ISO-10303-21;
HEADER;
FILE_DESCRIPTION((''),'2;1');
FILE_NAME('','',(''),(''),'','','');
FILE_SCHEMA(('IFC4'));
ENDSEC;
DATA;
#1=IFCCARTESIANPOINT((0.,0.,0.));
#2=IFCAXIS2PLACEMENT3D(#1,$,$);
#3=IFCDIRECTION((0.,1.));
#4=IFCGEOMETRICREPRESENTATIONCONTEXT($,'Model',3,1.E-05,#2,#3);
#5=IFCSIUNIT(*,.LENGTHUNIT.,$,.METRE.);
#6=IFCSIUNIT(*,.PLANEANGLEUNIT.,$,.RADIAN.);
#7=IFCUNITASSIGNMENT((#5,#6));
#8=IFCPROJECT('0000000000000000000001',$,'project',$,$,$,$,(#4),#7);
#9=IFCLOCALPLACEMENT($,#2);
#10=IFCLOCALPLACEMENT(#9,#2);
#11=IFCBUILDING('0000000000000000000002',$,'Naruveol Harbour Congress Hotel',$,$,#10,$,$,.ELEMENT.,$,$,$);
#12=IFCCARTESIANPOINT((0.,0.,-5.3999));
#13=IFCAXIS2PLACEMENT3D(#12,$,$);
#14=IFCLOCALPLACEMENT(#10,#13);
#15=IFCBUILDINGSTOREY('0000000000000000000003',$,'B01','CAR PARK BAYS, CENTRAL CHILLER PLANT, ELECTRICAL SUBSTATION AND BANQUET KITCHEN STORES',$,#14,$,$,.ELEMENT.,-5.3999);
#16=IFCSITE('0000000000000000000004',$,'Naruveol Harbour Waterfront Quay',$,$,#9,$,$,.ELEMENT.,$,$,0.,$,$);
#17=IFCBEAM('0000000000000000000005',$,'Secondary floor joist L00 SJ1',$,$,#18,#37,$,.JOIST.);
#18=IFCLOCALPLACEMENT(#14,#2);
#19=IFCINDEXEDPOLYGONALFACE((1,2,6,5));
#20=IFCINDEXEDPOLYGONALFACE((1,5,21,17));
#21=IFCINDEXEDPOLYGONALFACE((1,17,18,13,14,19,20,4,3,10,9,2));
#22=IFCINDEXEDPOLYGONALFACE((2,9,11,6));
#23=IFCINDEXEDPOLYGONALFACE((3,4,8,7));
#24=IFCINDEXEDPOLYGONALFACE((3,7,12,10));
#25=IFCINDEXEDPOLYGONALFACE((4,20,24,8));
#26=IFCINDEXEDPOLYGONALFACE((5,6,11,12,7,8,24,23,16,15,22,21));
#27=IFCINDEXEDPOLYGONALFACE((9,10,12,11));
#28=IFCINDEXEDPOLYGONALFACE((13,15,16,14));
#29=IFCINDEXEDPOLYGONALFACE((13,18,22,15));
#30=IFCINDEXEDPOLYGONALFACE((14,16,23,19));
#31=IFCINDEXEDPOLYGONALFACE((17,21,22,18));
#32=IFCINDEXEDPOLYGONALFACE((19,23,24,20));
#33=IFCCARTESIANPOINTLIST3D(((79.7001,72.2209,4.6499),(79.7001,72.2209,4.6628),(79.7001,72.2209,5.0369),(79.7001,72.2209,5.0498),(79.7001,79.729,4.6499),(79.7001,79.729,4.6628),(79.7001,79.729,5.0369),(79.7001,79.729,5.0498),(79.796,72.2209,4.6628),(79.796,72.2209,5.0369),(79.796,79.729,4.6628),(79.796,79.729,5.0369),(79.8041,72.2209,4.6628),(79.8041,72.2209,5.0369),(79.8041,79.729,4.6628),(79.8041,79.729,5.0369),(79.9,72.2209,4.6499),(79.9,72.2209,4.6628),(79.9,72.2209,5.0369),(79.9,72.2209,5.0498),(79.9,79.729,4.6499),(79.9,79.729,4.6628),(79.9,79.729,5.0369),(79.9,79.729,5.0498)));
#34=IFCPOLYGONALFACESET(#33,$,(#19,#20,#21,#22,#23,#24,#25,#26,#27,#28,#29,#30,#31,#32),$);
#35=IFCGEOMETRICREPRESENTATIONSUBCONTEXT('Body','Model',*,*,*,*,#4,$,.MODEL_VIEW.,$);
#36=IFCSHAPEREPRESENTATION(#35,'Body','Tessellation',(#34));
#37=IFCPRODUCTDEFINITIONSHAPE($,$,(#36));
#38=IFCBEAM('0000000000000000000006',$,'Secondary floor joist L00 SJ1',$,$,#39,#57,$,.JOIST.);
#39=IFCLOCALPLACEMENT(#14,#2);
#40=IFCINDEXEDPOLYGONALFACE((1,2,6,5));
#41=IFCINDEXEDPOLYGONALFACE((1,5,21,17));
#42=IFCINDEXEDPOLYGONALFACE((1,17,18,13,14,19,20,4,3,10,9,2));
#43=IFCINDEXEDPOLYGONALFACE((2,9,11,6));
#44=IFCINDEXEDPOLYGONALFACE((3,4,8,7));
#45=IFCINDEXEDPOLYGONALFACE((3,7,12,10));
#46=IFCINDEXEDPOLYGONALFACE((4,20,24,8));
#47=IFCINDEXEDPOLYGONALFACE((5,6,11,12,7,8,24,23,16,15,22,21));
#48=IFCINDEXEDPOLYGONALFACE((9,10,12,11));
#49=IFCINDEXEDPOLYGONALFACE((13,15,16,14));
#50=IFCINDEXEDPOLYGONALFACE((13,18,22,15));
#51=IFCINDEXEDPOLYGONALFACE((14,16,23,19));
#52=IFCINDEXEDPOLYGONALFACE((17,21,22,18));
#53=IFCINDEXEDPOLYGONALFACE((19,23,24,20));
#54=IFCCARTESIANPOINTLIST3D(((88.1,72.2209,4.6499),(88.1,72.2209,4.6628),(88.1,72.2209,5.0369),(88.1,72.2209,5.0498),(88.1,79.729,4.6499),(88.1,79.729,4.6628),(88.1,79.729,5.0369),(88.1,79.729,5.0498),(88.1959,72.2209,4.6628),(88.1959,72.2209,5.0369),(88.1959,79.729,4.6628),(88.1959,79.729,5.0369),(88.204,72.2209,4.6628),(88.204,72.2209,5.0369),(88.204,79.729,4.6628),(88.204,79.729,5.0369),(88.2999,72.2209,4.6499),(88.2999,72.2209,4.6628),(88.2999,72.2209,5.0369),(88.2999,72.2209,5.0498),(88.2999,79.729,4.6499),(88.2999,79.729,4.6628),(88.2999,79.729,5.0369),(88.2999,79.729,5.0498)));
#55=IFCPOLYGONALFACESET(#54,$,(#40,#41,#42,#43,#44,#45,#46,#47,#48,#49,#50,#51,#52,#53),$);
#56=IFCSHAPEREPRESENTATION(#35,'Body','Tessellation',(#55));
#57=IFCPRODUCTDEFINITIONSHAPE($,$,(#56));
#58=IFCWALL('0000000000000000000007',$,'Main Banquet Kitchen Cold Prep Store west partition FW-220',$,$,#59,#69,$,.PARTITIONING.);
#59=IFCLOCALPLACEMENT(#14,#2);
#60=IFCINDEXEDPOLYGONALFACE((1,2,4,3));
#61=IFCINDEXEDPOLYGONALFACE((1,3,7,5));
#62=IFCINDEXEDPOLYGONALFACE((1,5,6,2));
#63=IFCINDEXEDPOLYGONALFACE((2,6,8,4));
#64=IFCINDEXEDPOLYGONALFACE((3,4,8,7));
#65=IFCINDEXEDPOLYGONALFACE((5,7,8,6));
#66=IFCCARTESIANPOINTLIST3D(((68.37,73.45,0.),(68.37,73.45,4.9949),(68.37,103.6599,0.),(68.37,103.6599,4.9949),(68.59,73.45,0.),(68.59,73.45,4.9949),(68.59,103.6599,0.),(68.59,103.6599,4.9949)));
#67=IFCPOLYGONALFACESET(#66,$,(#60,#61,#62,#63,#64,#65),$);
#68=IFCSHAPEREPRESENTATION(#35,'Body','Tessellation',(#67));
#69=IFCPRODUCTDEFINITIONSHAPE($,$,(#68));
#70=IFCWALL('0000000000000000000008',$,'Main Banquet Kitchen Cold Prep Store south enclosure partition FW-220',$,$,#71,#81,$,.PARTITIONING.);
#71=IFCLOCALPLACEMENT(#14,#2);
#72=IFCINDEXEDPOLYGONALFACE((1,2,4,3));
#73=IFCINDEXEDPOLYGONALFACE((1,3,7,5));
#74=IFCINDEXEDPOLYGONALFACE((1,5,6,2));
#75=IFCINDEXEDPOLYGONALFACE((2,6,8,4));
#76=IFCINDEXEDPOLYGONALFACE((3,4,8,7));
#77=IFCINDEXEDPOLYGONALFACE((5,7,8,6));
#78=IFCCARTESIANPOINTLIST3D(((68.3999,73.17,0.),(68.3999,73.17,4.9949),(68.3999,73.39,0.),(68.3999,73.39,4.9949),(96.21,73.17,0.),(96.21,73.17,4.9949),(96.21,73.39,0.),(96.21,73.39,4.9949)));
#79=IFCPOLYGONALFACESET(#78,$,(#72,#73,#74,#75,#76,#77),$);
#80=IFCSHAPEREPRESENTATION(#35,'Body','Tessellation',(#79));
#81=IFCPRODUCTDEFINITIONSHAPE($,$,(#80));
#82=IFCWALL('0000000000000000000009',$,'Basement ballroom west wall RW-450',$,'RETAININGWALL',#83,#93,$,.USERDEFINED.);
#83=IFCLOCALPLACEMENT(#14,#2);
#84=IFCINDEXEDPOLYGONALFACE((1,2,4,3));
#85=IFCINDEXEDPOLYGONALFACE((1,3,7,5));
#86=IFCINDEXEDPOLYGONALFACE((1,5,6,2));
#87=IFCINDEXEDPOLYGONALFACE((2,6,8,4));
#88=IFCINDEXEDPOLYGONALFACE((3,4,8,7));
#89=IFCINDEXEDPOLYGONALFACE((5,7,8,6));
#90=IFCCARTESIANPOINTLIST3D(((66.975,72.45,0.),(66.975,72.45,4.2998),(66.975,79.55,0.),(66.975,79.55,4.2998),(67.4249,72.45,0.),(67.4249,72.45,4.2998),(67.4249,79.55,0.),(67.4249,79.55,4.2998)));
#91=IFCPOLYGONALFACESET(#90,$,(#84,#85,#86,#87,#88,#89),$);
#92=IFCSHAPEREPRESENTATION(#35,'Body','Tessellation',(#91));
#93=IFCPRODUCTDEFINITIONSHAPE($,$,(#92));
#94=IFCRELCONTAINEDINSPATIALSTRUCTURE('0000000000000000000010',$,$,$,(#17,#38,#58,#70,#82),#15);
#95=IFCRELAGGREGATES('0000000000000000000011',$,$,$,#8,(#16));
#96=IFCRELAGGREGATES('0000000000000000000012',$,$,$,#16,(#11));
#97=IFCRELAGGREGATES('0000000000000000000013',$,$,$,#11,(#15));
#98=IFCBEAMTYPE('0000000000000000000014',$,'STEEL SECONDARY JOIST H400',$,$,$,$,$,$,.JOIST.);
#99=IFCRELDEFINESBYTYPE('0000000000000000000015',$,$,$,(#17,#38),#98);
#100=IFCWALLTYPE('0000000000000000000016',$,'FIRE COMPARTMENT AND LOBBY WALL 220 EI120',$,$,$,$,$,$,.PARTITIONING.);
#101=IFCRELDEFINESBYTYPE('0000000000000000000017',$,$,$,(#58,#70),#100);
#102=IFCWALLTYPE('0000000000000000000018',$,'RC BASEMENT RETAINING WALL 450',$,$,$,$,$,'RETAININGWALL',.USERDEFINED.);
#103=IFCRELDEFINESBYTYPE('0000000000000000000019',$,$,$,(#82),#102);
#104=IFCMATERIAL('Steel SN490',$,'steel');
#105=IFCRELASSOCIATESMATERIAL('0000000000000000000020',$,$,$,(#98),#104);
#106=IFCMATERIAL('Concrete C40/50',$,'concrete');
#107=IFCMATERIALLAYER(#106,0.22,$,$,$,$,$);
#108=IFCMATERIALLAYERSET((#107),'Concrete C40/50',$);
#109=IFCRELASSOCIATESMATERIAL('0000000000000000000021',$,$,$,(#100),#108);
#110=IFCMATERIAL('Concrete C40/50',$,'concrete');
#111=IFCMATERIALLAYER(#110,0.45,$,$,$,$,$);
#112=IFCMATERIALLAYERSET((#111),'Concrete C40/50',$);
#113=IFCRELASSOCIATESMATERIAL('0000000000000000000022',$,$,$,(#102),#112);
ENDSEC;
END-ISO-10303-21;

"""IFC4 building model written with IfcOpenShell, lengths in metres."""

from ifc_helpers import new_model, si_unit, direction, frame, frame_2d, origin, origin_2d, place, context, subcontext, project, spatial, rectangle, i_section, extrude, material, layer, layer_set, material_profile, profile_set, type_object, element, save


model = new_model("IFC4")

# Units and contexts
model_context = context("Model", 3, precision=1e-05, world=origin(), true_north=direction((0.0, 1.0)))
body_context = subcontext(model_context, "Body", "Model", "MODEL_VIEW")
ifc_project = project(units=[si_unit("LENGTHUNIT", "METRE"), si_unit("PLANEANGLEUNIT", "RADIAN")], contexts=[model_context])

# Site, building, storey
site_placement = place(None, origin())
site = spatial("IfcSite", under=ifc_project, at=site_placement, Name="Naruveol Harbour Waterfront Quay", CompositionType="ELEMENT", RefElevation=0.0)
building_placement = place(site_placement, origin())
building = spatial("IfcBuilding", under=site, at=building_placement, Name="Naruveol Harbour Congress Hotel", CompositionType="ELEMENT")
storey_placement = place(building_placement, frame((0.0, 0.0, -5.3999)))
storey = spatial("IfcBuildingStorey", under=building, at=storey_placement, Name="B01", Description="CAR PARK BAYS, CENTRAL CHILLER PLANT, ELECTRICAL SUBSTATION AND BANQUET KITCHEN STORES", CompositionType="ELEMENT", Elevation=-5.3999)

# Beams
ifc_material_1 = material(Name="Steel SN490", Category="steel")
ifc_material_profile_1 = material_profile(ifc_material_1, i_section(OverallWidth=0.2, OverallDepth=0.3999, WebThickness=0.0081, FlangeThickness=0.0129, at=origin_2d()), Name="H-400x200x8x13")
ifc_profile_set_1 = profile_set([ifc_material_profile_1], Name="Steel SN490")
beam_type_1 = type_object("IfcBeamType", Name="STEEL SECONDARY JOIST H400", PredefinedType="JOIST", material=ifc_profile_set_1)
for number, where, z_axis, x_axis, name in (
    (1, (79.8, 72.2209, 4.8499), (0.0, 1.0, 0.0), (-1.0, 0.0, 0.0), "Secondary floor joist L00 SJ1"),
    (2, (88.2, 72.2209, 4.8499), (0.0, 1.0, 0.0), (-1.0, 0.0, 0.0), "Secondary floor joist L00 SJ1"),
):
    element("IfcBeam", number, at=place(storey_placement, frame(where, z_axis=z_axis, x_axis=x_axis)), inside=storey, type_object=beam_type_1, Name=name, PredefinedType="JOIST", context=body_context, shape_type="SweptSolid", body=[
        extrude(i_section(OverallWidth=0.2, OverallDepth=0.3999, WebThickness=0.0081, FlangeThickness=0.0129, at=origin_2d()), origin(), (0.0, 0.0, 1.0), 7.5081),
    ])

# Walls
ifc_material_2 = material(Name="Concrete C40/50", Category="concrete")
ifc_layer_1 = layer(ifc_material_2, 0.22)
ifc_layer_set_1 = layer_set([ifc_layer_1], Name="Concrete C40/50")
wall_type_1 = type_object("IfcWallType", Name="FIRE COMPARTMENT AND LOBBY WALL 220 EI120", PredefinedType="PARTITIONING", material=ifc_layer_set_1)
wall_1_placement = place(storey_placement, frame((68.48, 73.45, 0.0), z_axis=(0.0, 0.0, 1.0), x_axis=(0.0, 1.0, 0.0)))
element("IfcWall", 3, at=wall_1_placement, inside=storey, type_object=wall_type_1, Name="Main Banquet Kitchen Cold Prep Store west partition FW-220", PredefinedType="PARTITIONING", context=body_context, shape_type="SweptSolid", body=[
    extrude(rectangle(XDim=30.21, YDim=0.22, at=frame_2d((15.105, 0.0))), origin(), (0.0, 0.0, 1.0), 4.9949),
])
wall_2_placement = place(storey_placement, frame((68.3999, 73.28, 0.0), z_axis=(0.0, 0.0, 1.0), x_axis=(1.0, 0.0, 0.0)))
element("IfcWall", 4, at=wall_2_placement, inside=storey, type_object=wall_type_1, Name="Main Banquet Kitchen Cold Prep Store south enclosure partition FW-220", PredefinedType="PARTITIONING", context=body_context, shape_type="SweptSolid", body=[
    extrude(rectangle(XDim=27.8101, YDim=0.22, at=frame_2d((13.905, 0.0))), origin(), (0.0, 0.0, 1.0), 4.9949),
])
ifc_material_3 = material(Name="Concrete C40/50", Category="concrete")
ifc_layer_2 = layer(ifc_material_3, 0.45)
ifc_layer_set_2 = layer_set([ifc_layer_2], Name="Concrete C40/50")
wall_type_2 = type_object("IfcWallType", Name="RC BASEMENT RETAINING WALL 450", ElementType="RETAININGWALL", PredefinedType="USERDEFINED", material=ifc_layer_set_2)
wall_3_placement = place(storey_placement, frame((67.2, 72.45, 0.0), z_axis=(0.0, 0.0, 1.0), x_axis=(0.0, 1.0, 0.0)))
element("IfcWall", 5, at=wall_3_placement, inside=storey, type_object=wall_type_2, Name="Basement ballroom west wall RW-450", ObjectType="RETAININGWALL", PredefinedType="USERDEFINED", context=body_context, shape_type="SweptSolid", body=[
    extrude(rectangle(XDim=7.1001, YDim=0.45, at=frame_2d((3.55, 0.0))), origin(), (0.0, 0.0, 1.0), 4.2998),
])

save(model, "model.ifc")
